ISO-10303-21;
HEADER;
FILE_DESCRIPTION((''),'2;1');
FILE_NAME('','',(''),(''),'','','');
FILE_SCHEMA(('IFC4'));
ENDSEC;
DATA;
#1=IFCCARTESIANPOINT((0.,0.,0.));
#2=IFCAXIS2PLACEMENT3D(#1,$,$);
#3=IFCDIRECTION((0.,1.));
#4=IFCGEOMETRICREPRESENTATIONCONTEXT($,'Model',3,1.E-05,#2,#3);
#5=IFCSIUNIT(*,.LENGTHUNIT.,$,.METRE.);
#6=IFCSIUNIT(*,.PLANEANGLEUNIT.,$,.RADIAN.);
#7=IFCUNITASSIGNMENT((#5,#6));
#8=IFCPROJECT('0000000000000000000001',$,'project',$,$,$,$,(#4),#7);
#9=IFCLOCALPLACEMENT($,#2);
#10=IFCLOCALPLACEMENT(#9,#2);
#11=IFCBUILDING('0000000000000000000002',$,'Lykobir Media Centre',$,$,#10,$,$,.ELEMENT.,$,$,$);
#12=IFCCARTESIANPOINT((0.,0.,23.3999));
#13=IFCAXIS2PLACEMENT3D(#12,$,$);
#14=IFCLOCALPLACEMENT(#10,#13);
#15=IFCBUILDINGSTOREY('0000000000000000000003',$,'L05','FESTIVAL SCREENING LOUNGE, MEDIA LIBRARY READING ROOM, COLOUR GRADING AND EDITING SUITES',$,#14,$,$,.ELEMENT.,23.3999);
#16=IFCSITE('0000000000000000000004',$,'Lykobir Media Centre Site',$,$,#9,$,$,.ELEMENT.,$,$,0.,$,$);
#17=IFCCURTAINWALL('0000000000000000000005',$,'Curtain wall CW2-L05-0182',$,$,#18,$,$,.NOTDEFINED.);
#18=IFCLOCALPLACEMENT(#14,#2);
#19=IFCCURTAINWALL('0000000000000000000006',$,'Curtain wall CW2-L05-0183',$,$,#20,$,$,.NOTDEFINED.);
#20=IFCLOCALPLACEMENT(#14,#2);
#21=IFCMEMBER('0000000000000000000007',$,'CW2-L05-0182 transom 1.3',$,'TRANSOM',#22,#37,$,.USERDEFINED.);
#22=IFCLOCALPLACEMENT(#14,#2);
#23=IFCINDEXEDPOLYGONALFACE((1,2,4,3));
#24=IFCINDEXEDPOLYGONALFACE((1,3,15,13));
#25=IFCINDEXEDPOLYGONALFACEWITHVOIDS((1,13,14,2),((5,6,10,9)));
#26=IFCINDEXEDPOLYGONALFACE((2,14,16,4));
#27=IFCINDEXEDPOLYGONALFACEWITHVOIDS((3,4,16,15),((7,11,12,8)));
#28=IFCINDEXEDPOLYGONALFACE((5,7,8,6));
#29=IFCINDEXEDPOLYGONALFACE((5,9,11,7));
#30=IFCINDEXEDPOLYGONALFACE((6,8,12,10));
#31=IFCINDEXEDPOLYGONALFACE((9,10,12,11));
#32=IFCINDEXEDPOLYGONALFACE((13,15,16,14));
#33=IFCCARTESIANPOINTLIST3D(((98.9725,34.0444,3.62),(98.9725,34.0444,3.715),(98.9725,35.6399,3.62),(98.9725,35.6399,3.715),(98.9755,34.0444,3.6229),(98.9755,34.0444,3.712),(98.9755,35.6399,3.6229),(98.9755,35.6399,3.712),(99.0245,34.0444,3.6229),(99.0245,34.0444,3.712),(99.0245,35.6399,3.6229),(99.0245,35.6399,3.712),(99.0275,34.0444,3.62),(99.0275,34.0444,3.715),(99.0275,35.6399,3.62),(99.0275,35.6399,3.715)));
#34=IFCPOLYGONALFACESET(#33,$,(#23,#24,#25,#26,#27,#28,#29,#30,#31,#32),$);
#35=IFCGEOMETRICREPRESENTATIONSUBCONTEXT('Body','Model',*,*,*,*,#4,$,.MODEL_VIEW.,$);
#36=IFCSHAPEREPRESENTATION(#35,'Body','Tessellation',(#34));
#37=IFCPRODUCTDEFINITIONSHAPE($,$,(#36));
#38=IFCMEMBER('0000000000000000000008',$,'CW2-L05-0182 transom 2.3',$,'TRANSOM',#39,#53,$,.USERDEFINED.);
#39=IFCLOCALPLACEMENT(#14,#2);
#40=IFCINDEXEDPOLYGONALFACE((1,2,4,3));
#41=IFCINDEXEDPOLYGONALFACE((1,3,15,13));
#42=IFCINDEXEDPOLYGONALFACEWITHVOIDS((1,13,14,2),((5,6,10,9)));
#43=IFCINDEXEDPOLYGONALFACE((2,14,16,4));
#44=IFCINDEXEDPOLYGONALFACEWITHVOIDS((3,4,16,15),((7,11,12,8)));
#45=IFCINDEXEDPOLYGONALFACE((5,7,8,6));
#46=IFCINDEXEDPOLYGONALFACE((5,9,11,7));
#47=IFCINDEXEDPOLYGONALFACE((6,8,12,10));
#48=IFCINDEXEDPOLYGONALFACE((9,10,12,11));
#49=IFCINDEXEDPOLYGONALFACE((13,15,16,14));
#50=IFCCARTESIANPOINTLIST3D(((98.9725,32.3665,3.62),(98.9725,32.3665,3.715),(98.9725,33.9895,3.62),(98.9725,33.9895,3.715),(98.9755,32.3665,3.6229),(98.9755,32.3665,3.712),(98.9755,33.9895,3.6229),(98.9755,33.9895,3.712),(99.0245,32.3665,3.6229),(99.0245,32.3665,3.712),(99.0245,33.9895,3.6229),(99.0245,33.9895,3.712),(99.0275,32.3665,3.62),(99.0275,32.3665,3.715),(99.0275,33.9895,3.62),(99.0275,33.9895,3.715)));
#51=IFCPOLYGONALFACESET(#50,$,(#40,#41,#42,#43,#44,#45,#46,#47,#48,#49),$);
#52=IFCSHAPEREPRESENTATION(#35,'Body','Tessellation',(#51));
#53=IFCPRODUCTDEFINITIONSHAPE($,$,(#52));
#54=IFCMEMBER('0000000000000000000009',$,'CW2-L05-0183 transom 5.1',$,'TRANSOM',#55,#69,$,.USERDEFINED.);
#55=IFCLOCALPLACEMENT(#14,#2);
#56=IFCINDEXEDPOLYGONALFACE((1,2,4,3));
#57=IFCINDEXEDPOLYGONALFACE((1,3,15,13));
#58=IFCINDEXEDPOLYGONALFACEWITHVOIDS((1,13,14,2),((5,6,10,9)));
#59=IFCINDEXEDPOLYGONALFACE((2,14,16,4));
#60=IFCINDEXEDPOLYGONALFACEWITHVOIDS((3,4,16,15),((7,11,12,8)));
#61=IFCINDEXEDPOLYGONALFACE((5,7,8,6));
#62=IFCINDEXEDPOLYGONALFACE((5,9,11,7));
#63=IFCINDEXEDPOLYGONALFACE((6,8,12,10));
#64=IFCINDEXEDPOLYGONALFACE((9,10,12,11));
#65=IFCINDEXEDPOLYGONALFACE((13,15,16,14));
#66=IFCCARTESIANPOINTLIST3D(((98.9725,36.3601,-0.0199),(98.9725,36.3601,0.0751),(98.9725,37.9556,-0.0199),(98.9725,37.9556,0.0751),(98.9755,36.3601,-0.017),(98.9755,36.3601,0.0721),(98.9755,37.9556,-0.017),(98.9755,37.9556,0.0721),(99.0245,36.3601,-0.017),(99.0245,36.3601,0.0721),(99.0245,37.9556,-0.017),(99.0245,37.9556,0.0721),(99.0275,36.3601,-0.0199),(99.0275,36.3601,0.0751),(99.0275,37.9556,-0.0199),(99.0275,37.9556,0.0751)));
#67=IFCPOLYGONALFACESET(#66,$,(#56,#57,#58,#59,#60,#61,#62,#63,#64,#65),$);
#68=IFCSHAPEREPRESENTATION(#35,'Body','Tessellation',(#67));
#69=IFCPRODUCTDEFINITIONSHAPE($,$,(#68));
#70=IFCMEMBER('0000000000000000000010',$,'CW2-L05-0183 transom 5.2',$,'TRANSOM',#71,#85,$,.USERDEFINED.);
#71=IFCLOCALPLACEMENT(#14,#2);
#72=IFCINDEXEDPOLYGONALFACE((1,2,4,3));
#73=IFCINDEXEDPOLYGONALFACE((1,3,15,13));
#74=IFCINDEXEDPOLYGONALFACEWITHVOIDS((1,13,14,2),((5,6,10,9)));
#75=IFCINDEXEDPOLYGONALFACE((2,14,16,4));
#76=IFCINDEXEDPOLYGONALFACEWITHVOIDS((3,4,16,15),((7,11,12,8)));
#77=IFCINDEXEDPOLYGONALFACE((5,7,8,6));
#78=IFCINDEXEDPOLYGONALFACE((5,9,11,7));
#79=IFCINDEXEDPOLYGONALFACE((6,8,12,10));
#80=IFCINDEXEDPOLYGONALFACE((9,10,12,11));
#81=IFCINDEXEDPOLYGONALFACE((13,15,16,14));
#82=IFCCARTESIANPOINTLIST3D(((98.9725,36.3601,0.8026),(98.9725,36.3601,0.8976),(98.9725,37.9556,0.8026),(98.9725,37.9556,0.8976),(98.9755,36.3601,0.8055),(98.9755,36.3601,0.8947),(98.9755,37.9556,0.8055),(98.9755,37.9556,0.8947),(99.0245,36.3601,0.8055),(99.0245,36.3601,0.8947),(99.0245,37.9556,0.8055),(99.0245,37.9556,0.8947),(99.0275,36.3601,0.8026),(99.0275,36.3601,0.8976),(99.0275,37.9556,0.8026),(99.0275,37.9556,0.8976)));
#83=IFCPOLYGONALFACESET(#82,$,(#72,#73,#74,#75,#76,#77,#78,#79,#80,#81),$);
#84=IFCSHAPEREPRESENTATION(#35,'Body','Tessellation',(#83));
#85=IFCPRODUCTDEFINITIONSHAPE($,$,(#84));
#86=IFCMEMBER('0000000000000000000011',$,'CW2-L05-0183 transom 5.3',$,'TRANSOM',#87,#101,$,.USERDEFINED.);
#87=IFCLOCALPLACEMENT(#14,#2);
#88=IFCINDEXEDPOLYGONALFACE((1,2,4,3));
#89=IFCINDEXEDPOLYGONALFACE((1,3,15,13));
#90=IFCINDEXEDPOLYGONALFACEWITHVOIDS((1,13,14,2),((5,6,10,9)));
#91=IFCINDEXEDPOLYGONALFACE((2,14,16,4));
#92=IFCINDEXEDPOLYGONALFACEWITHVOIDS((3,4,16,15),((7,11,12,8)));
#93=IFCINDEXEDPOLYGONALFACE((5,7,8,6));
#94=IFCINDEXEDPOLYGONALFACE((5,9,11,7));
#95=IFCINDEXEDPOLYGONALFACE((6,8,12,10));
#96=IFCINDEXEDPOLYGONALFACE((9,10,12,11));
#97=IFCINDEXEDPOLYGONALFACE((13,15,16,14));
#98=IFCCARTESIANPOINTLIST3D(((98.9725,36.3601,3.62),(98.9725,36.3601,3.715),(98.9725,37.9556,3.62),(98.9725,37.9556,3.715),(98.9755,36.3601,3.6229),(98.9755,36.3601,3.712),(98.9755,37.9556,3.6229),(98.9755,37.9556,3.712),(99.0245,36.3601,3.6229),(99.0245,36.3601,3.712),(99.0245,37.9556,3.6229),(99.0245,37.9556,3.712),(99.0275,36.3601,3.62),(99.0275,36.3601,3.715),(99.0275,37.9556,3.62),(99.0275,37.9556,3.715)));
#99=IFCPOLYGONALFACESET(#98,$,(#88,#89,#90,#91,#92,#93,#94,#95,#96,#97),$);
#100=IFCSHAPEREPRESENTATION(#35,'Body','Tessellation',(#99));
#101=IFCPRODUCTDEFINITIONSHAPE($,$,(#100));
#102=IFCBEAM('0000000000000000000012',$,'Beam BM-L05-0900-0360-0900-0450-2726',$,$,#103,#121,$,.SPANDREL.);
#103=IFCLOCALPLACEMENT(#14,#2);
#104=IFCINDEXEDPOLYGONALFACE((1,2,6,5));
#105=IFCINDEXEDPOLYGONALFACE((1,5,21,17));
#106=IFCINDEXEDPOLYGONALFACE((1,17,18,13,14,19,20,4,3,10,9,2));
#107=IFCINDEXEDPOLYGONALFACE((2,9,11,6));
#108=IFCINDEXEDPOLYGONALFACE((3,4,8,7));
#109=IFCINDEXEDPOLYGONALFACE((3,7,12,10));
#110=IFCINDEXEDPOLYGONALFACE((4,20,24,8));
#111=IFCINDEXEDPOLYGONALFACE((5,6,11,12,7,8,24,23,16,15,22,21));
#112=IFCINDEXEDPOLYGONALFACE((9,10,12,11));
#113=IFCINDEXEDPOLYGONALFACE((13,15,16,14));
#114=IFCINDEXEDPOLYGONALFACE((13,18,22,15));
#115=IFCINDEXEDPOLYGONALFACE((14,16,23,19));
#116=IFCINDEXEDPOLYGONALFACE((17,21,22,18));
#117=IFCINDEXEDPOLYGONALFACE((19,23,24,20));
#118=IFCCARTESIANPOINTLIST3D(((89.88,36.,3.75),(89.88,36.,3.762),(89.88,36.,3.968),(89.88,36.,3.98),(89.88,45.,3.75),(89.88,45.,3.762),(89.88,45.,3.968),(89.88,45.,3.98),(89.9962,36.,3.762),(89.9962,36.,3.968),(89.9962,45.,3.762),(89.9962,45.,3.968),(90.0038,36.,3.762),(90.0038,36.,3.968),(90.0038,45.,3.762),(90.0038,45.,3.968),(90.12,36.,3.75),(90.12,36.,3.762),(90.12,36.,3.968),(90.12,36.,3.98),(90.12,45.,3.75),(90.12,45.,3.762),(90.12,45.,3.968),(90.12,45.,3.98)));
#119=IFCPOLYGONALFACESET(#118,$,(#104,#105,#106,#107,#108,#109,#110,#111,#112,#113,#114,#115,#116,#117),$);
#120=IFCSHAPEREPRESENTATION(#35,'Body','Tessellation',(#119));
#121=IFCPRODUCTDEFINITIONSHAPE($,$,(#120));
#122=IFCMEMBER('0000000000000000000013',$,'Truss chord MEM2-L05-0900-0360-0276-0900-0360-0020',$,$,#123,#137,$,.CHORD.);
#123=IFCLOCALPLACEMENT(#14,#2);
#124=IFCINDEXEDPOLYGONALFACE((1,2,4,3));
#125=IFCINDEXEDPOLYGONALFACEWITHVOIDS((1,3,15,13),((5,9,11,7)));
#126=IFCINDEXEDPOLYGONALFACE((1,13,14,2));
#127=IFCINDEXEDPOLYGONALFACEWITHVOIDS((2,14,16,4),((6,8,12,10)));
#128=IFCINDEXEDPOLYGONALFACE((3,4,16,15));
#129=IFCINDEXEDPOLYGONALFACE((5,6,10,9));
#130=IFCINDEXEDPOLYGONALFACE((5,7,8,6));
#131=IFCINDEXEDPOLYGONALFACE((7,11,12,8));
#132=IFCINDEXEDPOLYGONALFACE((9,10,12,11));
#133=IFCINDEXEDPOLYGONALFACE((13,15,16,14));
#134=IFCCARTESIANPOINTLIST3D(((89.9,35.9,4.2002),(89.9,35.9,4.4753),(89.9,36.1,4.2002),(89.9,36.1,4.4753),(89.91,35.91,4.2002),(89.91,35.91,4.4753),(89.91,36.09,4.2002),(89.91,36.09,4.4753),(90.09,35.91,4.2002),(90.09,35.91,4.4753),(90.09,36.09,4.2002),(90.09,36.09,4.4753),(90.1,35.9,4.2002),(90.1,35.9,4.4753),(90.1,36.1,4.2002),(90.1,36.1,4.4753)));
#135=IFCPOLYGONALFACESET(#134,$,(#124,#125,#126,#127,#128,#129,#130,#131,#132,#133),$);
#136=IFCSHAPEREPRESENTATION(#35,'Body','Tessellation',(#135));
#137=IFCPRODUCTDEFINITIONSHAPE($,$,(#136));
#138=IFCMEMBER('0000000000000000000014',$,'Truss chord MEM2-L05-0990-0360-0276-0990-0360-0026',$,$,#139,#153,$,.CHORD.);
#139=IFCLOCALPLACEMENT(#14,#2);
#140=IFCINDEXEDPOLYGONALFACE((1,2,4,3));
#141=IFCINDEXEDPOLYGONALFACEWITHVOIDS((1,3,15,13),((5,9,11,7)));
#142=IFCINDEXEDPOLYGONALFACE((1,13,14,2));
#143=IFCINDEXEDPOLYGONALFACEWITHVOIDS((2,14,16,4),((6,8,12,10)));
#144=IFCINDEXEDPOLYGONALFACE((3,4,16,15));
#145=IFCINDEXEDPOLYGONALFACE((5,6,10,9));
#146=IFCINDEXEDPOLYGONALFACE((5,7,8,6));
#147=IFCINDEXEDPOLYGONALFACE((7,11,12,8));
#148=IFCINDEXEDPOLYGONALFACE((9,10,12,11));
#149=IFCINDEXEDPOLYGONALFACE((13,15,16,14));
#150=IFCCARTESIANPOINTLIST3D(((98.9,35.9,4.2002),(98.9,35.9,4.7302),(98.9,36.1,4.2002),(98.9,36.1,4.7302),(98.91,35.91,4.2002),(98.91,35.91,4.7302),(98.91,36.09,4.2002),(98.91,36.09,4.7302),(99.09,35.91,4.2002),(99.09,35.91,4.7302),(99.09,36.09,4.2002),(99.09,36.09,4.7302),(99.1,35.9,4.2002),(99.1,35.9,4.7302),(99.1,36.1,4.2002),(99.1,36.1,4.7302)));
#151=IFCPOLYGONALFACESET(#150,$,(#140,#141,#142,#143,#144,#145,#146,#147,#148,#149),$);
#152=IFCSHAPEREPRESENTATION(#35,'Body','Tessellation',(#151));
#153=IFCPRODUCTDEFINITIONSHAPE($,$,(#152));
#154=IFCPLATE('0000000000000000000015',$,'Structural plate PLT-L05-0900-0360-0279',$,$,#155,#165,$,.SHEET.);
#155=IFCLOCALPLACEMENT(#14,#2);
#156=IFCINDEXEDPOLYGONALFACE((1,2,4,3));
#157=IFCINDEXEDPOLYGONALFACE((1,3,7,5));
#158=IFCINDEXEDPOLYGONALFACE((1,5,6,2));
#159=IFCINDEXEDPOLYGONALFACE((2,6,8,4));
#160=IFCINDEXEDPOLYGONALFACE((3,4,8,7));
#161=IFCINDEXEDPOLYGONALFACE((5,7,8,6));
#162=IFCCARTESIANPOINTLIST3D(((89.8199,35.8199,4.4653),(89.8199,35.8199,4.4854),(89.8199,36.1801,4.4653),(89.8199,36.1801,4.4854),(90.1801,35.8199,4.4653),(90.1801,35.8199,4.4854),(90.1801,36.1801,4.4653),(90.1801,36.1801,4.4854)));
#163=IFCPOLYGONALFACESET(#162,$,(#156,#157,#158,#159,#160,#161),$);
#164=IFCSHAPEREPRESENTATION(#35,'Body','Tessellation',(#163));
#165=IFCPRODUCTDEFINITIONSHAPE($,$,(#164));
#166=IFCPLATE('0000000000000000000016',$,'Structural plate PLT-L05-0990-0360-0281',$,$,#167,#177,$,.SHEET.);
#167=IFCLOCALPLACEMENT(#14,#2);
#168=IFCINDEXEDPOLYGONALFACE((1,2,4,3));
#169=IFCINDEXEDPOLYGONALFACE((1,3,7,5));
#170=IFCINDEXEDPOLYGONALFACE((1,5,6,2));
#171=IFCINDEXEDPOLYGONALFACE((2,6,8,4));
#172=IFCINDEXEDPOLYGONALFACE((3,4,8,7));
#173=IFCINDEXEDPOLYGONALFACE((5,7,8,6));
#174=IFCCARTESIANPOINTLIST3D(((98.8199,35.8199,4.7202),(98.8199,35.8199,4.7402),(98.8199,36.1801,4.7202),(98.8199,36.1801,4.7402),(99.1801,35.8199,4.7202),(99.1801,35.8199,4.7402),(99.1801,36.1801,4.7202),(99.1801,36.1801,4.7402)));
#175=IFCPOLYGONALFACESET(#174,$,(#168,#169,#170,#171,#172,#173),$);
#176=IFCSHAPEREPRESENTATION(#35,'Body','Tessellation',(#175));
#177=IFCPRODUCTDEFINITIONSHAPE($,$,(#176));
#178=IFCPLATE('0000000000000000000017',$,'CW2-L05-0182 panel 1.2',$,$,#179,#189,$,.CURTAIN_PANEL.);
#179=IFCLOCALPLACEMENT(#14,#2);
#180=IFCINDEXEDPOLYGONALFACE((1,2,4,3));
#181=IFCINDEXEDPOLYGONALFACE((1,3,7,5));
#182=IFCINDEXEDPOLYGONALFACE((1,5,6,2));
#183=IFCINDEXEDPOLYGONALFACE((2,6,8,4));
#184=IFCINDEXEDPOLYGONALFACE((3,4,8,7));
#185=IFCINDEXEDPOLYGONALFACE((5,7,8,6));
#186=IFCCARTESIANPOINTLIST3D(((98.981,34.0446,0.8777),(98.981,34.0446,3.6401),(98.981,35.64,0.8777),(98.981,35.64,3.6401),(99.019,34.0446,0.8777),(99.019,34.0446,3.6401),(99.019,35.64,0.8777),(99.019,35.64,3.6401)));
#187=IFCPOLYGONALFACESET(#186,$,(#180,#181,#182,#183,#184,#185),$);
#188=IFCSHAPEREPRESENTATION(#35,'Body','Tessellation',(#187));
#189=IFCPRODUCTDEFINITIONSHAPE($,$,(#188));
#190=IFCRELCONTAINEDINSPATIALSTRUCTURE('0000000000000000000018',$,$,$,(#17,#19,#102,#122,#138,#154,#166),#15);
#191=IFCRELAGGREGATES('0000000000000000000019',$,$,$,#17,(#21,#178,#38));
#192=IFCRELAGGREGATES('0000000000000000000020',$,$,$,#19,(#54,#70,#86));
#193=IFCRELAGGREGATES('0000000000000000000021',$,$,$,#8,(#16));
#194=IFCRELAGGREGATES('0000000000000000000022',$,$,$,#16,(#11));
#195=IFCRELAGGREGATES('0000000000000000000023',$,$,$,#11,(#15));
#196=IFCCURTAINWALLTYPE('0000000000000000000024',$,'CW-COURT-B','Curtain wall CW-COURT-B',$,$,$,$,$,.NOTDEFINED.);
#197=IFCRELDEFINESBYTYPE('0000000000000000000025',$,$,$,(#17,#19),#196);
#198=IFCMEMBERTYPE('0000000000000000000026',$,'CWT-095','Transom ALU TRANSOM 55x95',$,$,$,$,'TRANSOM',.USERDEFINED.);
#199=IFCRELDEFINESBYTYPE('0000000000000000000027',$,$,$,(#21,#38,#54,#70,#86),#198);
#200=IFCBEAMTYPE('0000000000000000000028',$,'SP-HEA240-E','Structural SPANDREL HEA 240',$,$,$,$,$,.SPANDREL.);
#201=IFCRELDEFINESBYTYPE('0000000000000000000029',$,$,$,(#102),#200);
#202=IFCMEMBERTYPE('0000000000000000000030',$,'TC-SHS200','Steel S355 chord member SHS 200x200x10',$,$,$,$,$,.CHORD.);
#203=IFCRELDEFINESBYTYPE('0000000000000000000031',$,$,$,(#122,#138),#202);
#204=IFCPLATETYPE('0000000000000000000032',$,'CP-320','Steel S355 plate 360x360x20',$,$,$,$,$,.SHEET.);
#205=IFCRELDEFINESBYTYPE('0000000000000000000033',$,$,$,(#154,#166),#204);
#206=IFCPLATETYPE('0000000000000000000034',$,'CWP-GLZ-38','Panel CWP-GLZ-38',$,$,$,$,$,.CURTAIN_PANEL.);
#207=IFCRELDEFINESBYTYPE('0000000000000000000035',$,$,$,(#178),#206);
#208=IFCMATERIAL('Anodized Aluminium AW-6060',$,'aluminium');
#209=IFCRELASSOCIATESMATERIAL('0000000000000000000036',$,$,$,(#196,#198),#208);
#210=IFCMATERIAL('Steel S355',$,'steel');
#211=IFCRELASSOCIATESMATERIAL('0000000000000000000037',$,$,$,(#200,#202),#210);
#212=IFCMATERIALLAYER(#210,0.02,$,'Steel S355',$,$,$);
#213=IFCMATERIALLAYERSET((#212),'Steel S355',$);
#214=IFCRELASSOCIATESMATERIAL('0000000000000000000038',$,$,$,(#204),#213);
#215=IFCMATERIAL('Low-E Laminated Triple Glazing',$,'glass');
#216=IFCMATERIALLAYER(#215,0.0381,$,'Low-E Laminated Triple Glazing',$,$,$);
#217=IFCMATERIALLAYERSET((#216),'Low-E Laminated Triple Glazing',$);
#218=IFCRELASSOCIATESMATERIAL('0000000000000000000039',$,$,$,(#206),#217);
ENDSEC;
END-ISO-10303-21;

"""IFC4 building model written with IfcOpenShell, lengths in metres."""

from ifc_helpers import new_model, si_unit, direction, frame, origin, origin_2d, place, context, subcontext, project, spatial, rectangle, hollow_rectangle, i_section, extrude, material, layer, layer_set, material_profile, profile_set, type_object, element, aggregate, save


model = new_model("IFC4")

# Units and contexts
model_context = context("Model", 3, precision=1e-05, world=origin(), true_north=direction((0.0, 1.0)))
body_context = subcontext(model_context, "Body", "Model", "MODEL_VIEW")
ifc_project = project(units=[si_unit("LENGTHUNIT", "METRE"), si_unit("PLANEANGLEUNIT", "RADIAN")], contexts=[model_context])

# Site, building, storey
site_placement = place(None, origin())
site = spatial("IfcSite", under=ifc_project, at=site_placement, Name="Lykobir Media Centre Site", CompositionType="ELEMENT", RefElevation=0.0)
building_placement = place(site_placement, origin())
building = spatial("IfcBuilding", under=site, at=building_placement, Name="Lykobir Media Centre", CompositionType="ELEMENT")
storey_placement = place(building_placement, frame((0.0, 0.0, 23.3999)))
storey = spatial("IfcBuildingStorey", under=building, at=storey_placement, Name="L05", Description="FESTIVAL SCREENING LOUNGE, MEDIA LIBRARY READING ROOM, COLOUR GRADING AND EDITING SUITES", CompositionType="ELEMENT", Elevation=23.3999)

# Shared definitions
ifc_material_1 = material(Name="Steel S355", Category="steel")

# Curtain walls
ifc_material_2 = material(Name="Anodized Aluminium AW-6060", Category="aluminium")
curtain_wall_type = type_object("IfcCurtainWallType", Name="CW-COURT-B", Description="Curtain wall CW-COURT-B", PredefinedType="NOTDEFINED", material=ifc_material_2)
curtain_wall_1_placement = place(storey_placement, origin())
curtain_wall_1 = element("IfcCurtainWall", 1, at=curtain_wall_1_placement, inside=storey, type_object=curtain_wall_type, Name="Curtain wall CW2-L05-0182", PredefinedType="NOTDEFINED")
curtain_wall_2_placement = place(storey_placement, origin())
curtain_wall_2 = element("IfcCurtainWall", 2, at=curtain_wall_2_placement, inside=storey, type_object=curtain_wall_type, Name="Curtain wall CW2-L05-0183", PredefinedType="NOTDEFINED")

# Members
ifc_material_profile_1 = material_profile(ifc_material_2, hollow_rectangle(XDim=0.0549, YDim=0.095, WallThickness=0.0029, at=origin_2d()), Name="ALU TRANSOM 55x95")
ifc_profile_set_1 = profile_set([ifc_material_profile_1], Name="Anodized Aluminium AW-6060")
member_type_1 = type_object("IfcMemberType", Name="CWT-095", Description="Transom ALU TRANSOM 55x95", ElementType="TRANSOM", PredefinedType="USERDEFINED", material=ifc_profile_set_1)
member_1_placement = place(storey_placement, frame((99.0, 35.6399, 3.6675), z_axis=(0.0, -1.0, 0.0), x_axis=(1.0, 0.0, 0.0)))
member_1 = element("IfcMember", 3, at=member_1_placement, type_object=member_type_1, Name="CW2-L05-0182 transom 1.3", ObjectType="TRANSOM", PredefinedType="USERDEFINED", context=body_context, shape_type="SweptSolid", body=[
    extrude(hollow_rectangle(XDim=0.0549, YDim=0.095, WallThickness=0.0029, at=origin_2d()), origin(), (0.0, 0.0, 1.0), 1.5955),
])
member_2_placement = place(storey_placement, frame((99.0, 33.9895, 3.6675), z_axis=(0.0, -1.0, 0.0), x_axis=(1.0, 0.0, 0.0)))
member_2 = element("IfcMember", 4, at=member_2_placement, type_object=member_type_1, Name="CW2-L05-0182 transom 2.3", ObjectType="TRANSOM", PredefinedType="USERDEFINED", context=body_context, shape_type="SweptSolid", body=[
    extrude(hollow_rectangle(XDim=0.0549, YDim=0.095, WallThickness=0.0029, at=origin_2d()), origin(), (0.0, 0.0, 1.0), 1.623),
])
member_3_placement = place(storey_placement, frame((99.0, 37.9556, 0.0276), z_axis=(0.0, -1.0, 0.0), x_axis=(1.0, 0.0, 0.0)))
member_3 = element("IfcMember", 5, at=member_3_placement, type_object=member_type_1, Name="CW2-L05-0183 transom 5.1", ObjectType="TRANSOM", PredefinedType="USERDEFINED", context=body_context, shape_type="SweptSolid", body=[
    extrude(hollow_rectangle(XDim=0.0549, YDim=0.095, WallThickness=0.0029, at=origin_2d()), origin(), (0.0, 0.0, 1.0), 1.5955),
])
member_4_placement = place(storey_placement, frame((99.0, 37.9556, 0.8501), z_axis=(0.0, -1.0, 0.0), x_axis=(1.0, 0.0, 0.0)))
member_4 = element("IfcMember", 6, at=member_4_placement, type_object=member_type_1, Name="CW2-L05-0183 transom 5.2", ObjectType="TRANSOM", PredefinedType="USERDEFINED", context=body_context, shape_type="SweptSolid", body=[
    extrude(hollow_rectangle(XDim=0.0549, YDim=0.095, WallThickness=0.0029, at=origin_2d()), origin(), (0.0, 0.0, 1.0), 1.5955),
])
member_5_placement = place(storey_placement, frame((99.0, 37.9556, 3.6675), z_axis=(0.0, -1.0, 0.0), x_axis=(1.0, 0.0, 0.0)))
member_5 = element("IfcMember", 7, at=member_5_placement, type_object=member_type_1, Name="CW2-L05-0183 transom 5.3", ObjectType="TRANSOM", PredefinedType="USERDEFINED", context=body_context, shape_type="SweptSolid", body=[
    extrude(hollow_rectangle(XDim=0.0549, YDim=0.095, WallThickness=0.0029, at=origin_2d()), origin(), (0.0, 0.0, 1.0), 1.5955),
])

# Beam
ifc_material_profile_2 = material_profile(ifc_material_1, i_section(OverallWidth=0.24, OverallDepth=0.23, WebThickness=0.0076, FlangeThickness=0.012, at=origin_2d()), Name="HEA 240")
ifc_profile_set_2 = profile_set([ifc_material_profile_2], Name="Steel S355")
beam_type_1 = type_object("IfcBeamType", Name="SP-HEA240-E", Description="Structural SPANDREL HEA 240", PredefinedType="SPANDREL", material=ifc_profile_set_2)
beam_1_placement = place(storey_placement, frame((90.0, 36.0, 3.865), z_axis=(0.0, 1.0, 0.0), x_axis=(-1.0, 0.0, 0.0)))
element("IfcBeam", 8, at=beam_1_placement, inside=storey, type_object=beam_type_1, Name="Beam BM-L05-0900-0360-0900-0450-2726", PredefinedType="SPANDREL", context=body_context, shape_type="SweptSolid", body=[
    extrude(i_section(OverallWidth=0.24, OverallDepth=0.23, WebThickness=0.0076, FlangeThickness=0.012, at=origin_2d()), origin(), (0.0, 0.0, 1.0), 9.0),
])

# Members
ifc_material_profile_3 = material_profile(ifc_material_1, hollow_rectangle(XDim=0.2, YDim=0.2, WallThickness=0.01, at=origin_2d()), Name="SHS 200x200x10")
ifc_profile_set_3 = profile_set([ifc_material_profile_3], Name="Steel S355")
member_type_2 = type_object("IfcMemberType", Name="TC-SHS200", Description="Steel S355 chord member SHS 200x200x10", PredefinedType="CHORD", material=ifc_profile_set_3)
member_6_placement = place(storey_placement, frame((90.0, 36.0, 4.2002), z_axis=(0.0, 0.0, 1.0), x_axis=(1.0, 0.0, 0.0)))
element("IfcMember", 9, at=member_6_placement, inside=storey, type_object=member_type_2, Name="Truss chord MEM2-L05-0900-0360-0276-0900-0360-0020", PredefinedType="CHORD", context=body_context, shape_type="SweptSolid", body=[
    extrude(hollow_rectangle(XDim=0.2, YDim=0.2, WallThickness=0.01, at=origin_2d()), origin(), (0.0, 0.0, 1.0), 0.2751),
])
member_7_placement = place(storey_placement, frame((99.0, 36.0, 4.2002), z_axis=(0.0, 0.0, 1.0), x_axis=(1.0, 0.0, 0.0)))
element("IfcMember", 10, at=member_7_placement, inside=storey, type_object=member_type_2, Name="Truss chord MEM2-L05-0990-0360-0276-0990-0360-0026", PredefinedType="CHORD", context=body_context, shape_type="SweptSolid", body=[
    extrude(hollow_rectangle(XDim=0.2, YDim=0.2, WallThickness=0.01, at=origin_2d()), origin(), (0.0, 0.0, 1.0), 0.53),
])

# Plates
ifc_layer_1 = layer(ifc_material_1, 0.02, Name="Steel S355")
ifc_layer_set_1 = layer_set([ifc_layer_1], Name="Steel S355")
plate_type_1 = type_object("IfcPlateType", Name="CP-320", Description="Steel S355 plate 360x360x20", PredefinedType="SHEET", material=ifc_layer_set_1)
for number, where, z_axis, x_axis, name in (
    (11, (90.0, 36.0, 4.4653), (0.0, 0.0, 1.0), (1.0, 0.0, 0.0), "Structural plate PLT-L05-0900-0360-0279"),
    (12, (99.0, 36.0, 4.7202), (0.0, 0.0, 1.0), (1.0, 0.0, 0.0), "Structural plate PLT-L05-0990-0360-0281"),
):
    element("IfcPlate", number, at=place(storey_placement, frame(where, z_axis=z_axis, x_axis=x_axis)), inside=storey, type_object=plate_type_1, Name=name, PredefinedType="SHEET", context=body_context, shape_type="SweptSolid", body=[
        extrude(rectangle(XDim=0.3601, YDim=0.3601, at=origin_2d()), origin(), (0.0, 0.0, 1.0), 0.02),
    ])

# Plate
ifc_material_3 = material(Name="Low-E Laminated Triple Glazing", Category="glass")
ifc_layer_2 = layer(ifc_material_3, 0.0381, Name="Low-E Laminated Triple Glazing")
ifc_layer_set_2 = layer_set([ifc_layer_2], Name="Low-E Laminated Triple Glazing")
plate_type_2 = type_object("IfcPlateType", Name="CWP-GLZ-38", Description="Panel CWP-GLZ-38", PredefinedType="CURTAIN_PANEL", material=ifc_layer_set_2)
plate_1_placement = place(storey_placement, frame((99.0, 34.8423, 0.8777), z_axis=(0.0, 0.0, 1.0), x_axis=(0.0, -1.0, 0.0)))
plate_1 = element("IfcPlate", 13, at=plate_1_placement, type_object=plate_type_2, Name="CW2-L05-0182 panel 1.2", PredefinedType="CURTAIN_PANEL", context=body_context, shape_type="SweptSolid", body=[
    extrude(rectangle(XDim=1.5955, YDim=0.0381, at=origin_2d()), origin(), (0.0, 0.0, 1.0), 2.7625),
])
aggregate(curtain_wall_1, [member_1, plate_1, member_2])
aggregate(curtain_wall_2, [member_3, member_4, member_5])

save(model, "model.ifc")
